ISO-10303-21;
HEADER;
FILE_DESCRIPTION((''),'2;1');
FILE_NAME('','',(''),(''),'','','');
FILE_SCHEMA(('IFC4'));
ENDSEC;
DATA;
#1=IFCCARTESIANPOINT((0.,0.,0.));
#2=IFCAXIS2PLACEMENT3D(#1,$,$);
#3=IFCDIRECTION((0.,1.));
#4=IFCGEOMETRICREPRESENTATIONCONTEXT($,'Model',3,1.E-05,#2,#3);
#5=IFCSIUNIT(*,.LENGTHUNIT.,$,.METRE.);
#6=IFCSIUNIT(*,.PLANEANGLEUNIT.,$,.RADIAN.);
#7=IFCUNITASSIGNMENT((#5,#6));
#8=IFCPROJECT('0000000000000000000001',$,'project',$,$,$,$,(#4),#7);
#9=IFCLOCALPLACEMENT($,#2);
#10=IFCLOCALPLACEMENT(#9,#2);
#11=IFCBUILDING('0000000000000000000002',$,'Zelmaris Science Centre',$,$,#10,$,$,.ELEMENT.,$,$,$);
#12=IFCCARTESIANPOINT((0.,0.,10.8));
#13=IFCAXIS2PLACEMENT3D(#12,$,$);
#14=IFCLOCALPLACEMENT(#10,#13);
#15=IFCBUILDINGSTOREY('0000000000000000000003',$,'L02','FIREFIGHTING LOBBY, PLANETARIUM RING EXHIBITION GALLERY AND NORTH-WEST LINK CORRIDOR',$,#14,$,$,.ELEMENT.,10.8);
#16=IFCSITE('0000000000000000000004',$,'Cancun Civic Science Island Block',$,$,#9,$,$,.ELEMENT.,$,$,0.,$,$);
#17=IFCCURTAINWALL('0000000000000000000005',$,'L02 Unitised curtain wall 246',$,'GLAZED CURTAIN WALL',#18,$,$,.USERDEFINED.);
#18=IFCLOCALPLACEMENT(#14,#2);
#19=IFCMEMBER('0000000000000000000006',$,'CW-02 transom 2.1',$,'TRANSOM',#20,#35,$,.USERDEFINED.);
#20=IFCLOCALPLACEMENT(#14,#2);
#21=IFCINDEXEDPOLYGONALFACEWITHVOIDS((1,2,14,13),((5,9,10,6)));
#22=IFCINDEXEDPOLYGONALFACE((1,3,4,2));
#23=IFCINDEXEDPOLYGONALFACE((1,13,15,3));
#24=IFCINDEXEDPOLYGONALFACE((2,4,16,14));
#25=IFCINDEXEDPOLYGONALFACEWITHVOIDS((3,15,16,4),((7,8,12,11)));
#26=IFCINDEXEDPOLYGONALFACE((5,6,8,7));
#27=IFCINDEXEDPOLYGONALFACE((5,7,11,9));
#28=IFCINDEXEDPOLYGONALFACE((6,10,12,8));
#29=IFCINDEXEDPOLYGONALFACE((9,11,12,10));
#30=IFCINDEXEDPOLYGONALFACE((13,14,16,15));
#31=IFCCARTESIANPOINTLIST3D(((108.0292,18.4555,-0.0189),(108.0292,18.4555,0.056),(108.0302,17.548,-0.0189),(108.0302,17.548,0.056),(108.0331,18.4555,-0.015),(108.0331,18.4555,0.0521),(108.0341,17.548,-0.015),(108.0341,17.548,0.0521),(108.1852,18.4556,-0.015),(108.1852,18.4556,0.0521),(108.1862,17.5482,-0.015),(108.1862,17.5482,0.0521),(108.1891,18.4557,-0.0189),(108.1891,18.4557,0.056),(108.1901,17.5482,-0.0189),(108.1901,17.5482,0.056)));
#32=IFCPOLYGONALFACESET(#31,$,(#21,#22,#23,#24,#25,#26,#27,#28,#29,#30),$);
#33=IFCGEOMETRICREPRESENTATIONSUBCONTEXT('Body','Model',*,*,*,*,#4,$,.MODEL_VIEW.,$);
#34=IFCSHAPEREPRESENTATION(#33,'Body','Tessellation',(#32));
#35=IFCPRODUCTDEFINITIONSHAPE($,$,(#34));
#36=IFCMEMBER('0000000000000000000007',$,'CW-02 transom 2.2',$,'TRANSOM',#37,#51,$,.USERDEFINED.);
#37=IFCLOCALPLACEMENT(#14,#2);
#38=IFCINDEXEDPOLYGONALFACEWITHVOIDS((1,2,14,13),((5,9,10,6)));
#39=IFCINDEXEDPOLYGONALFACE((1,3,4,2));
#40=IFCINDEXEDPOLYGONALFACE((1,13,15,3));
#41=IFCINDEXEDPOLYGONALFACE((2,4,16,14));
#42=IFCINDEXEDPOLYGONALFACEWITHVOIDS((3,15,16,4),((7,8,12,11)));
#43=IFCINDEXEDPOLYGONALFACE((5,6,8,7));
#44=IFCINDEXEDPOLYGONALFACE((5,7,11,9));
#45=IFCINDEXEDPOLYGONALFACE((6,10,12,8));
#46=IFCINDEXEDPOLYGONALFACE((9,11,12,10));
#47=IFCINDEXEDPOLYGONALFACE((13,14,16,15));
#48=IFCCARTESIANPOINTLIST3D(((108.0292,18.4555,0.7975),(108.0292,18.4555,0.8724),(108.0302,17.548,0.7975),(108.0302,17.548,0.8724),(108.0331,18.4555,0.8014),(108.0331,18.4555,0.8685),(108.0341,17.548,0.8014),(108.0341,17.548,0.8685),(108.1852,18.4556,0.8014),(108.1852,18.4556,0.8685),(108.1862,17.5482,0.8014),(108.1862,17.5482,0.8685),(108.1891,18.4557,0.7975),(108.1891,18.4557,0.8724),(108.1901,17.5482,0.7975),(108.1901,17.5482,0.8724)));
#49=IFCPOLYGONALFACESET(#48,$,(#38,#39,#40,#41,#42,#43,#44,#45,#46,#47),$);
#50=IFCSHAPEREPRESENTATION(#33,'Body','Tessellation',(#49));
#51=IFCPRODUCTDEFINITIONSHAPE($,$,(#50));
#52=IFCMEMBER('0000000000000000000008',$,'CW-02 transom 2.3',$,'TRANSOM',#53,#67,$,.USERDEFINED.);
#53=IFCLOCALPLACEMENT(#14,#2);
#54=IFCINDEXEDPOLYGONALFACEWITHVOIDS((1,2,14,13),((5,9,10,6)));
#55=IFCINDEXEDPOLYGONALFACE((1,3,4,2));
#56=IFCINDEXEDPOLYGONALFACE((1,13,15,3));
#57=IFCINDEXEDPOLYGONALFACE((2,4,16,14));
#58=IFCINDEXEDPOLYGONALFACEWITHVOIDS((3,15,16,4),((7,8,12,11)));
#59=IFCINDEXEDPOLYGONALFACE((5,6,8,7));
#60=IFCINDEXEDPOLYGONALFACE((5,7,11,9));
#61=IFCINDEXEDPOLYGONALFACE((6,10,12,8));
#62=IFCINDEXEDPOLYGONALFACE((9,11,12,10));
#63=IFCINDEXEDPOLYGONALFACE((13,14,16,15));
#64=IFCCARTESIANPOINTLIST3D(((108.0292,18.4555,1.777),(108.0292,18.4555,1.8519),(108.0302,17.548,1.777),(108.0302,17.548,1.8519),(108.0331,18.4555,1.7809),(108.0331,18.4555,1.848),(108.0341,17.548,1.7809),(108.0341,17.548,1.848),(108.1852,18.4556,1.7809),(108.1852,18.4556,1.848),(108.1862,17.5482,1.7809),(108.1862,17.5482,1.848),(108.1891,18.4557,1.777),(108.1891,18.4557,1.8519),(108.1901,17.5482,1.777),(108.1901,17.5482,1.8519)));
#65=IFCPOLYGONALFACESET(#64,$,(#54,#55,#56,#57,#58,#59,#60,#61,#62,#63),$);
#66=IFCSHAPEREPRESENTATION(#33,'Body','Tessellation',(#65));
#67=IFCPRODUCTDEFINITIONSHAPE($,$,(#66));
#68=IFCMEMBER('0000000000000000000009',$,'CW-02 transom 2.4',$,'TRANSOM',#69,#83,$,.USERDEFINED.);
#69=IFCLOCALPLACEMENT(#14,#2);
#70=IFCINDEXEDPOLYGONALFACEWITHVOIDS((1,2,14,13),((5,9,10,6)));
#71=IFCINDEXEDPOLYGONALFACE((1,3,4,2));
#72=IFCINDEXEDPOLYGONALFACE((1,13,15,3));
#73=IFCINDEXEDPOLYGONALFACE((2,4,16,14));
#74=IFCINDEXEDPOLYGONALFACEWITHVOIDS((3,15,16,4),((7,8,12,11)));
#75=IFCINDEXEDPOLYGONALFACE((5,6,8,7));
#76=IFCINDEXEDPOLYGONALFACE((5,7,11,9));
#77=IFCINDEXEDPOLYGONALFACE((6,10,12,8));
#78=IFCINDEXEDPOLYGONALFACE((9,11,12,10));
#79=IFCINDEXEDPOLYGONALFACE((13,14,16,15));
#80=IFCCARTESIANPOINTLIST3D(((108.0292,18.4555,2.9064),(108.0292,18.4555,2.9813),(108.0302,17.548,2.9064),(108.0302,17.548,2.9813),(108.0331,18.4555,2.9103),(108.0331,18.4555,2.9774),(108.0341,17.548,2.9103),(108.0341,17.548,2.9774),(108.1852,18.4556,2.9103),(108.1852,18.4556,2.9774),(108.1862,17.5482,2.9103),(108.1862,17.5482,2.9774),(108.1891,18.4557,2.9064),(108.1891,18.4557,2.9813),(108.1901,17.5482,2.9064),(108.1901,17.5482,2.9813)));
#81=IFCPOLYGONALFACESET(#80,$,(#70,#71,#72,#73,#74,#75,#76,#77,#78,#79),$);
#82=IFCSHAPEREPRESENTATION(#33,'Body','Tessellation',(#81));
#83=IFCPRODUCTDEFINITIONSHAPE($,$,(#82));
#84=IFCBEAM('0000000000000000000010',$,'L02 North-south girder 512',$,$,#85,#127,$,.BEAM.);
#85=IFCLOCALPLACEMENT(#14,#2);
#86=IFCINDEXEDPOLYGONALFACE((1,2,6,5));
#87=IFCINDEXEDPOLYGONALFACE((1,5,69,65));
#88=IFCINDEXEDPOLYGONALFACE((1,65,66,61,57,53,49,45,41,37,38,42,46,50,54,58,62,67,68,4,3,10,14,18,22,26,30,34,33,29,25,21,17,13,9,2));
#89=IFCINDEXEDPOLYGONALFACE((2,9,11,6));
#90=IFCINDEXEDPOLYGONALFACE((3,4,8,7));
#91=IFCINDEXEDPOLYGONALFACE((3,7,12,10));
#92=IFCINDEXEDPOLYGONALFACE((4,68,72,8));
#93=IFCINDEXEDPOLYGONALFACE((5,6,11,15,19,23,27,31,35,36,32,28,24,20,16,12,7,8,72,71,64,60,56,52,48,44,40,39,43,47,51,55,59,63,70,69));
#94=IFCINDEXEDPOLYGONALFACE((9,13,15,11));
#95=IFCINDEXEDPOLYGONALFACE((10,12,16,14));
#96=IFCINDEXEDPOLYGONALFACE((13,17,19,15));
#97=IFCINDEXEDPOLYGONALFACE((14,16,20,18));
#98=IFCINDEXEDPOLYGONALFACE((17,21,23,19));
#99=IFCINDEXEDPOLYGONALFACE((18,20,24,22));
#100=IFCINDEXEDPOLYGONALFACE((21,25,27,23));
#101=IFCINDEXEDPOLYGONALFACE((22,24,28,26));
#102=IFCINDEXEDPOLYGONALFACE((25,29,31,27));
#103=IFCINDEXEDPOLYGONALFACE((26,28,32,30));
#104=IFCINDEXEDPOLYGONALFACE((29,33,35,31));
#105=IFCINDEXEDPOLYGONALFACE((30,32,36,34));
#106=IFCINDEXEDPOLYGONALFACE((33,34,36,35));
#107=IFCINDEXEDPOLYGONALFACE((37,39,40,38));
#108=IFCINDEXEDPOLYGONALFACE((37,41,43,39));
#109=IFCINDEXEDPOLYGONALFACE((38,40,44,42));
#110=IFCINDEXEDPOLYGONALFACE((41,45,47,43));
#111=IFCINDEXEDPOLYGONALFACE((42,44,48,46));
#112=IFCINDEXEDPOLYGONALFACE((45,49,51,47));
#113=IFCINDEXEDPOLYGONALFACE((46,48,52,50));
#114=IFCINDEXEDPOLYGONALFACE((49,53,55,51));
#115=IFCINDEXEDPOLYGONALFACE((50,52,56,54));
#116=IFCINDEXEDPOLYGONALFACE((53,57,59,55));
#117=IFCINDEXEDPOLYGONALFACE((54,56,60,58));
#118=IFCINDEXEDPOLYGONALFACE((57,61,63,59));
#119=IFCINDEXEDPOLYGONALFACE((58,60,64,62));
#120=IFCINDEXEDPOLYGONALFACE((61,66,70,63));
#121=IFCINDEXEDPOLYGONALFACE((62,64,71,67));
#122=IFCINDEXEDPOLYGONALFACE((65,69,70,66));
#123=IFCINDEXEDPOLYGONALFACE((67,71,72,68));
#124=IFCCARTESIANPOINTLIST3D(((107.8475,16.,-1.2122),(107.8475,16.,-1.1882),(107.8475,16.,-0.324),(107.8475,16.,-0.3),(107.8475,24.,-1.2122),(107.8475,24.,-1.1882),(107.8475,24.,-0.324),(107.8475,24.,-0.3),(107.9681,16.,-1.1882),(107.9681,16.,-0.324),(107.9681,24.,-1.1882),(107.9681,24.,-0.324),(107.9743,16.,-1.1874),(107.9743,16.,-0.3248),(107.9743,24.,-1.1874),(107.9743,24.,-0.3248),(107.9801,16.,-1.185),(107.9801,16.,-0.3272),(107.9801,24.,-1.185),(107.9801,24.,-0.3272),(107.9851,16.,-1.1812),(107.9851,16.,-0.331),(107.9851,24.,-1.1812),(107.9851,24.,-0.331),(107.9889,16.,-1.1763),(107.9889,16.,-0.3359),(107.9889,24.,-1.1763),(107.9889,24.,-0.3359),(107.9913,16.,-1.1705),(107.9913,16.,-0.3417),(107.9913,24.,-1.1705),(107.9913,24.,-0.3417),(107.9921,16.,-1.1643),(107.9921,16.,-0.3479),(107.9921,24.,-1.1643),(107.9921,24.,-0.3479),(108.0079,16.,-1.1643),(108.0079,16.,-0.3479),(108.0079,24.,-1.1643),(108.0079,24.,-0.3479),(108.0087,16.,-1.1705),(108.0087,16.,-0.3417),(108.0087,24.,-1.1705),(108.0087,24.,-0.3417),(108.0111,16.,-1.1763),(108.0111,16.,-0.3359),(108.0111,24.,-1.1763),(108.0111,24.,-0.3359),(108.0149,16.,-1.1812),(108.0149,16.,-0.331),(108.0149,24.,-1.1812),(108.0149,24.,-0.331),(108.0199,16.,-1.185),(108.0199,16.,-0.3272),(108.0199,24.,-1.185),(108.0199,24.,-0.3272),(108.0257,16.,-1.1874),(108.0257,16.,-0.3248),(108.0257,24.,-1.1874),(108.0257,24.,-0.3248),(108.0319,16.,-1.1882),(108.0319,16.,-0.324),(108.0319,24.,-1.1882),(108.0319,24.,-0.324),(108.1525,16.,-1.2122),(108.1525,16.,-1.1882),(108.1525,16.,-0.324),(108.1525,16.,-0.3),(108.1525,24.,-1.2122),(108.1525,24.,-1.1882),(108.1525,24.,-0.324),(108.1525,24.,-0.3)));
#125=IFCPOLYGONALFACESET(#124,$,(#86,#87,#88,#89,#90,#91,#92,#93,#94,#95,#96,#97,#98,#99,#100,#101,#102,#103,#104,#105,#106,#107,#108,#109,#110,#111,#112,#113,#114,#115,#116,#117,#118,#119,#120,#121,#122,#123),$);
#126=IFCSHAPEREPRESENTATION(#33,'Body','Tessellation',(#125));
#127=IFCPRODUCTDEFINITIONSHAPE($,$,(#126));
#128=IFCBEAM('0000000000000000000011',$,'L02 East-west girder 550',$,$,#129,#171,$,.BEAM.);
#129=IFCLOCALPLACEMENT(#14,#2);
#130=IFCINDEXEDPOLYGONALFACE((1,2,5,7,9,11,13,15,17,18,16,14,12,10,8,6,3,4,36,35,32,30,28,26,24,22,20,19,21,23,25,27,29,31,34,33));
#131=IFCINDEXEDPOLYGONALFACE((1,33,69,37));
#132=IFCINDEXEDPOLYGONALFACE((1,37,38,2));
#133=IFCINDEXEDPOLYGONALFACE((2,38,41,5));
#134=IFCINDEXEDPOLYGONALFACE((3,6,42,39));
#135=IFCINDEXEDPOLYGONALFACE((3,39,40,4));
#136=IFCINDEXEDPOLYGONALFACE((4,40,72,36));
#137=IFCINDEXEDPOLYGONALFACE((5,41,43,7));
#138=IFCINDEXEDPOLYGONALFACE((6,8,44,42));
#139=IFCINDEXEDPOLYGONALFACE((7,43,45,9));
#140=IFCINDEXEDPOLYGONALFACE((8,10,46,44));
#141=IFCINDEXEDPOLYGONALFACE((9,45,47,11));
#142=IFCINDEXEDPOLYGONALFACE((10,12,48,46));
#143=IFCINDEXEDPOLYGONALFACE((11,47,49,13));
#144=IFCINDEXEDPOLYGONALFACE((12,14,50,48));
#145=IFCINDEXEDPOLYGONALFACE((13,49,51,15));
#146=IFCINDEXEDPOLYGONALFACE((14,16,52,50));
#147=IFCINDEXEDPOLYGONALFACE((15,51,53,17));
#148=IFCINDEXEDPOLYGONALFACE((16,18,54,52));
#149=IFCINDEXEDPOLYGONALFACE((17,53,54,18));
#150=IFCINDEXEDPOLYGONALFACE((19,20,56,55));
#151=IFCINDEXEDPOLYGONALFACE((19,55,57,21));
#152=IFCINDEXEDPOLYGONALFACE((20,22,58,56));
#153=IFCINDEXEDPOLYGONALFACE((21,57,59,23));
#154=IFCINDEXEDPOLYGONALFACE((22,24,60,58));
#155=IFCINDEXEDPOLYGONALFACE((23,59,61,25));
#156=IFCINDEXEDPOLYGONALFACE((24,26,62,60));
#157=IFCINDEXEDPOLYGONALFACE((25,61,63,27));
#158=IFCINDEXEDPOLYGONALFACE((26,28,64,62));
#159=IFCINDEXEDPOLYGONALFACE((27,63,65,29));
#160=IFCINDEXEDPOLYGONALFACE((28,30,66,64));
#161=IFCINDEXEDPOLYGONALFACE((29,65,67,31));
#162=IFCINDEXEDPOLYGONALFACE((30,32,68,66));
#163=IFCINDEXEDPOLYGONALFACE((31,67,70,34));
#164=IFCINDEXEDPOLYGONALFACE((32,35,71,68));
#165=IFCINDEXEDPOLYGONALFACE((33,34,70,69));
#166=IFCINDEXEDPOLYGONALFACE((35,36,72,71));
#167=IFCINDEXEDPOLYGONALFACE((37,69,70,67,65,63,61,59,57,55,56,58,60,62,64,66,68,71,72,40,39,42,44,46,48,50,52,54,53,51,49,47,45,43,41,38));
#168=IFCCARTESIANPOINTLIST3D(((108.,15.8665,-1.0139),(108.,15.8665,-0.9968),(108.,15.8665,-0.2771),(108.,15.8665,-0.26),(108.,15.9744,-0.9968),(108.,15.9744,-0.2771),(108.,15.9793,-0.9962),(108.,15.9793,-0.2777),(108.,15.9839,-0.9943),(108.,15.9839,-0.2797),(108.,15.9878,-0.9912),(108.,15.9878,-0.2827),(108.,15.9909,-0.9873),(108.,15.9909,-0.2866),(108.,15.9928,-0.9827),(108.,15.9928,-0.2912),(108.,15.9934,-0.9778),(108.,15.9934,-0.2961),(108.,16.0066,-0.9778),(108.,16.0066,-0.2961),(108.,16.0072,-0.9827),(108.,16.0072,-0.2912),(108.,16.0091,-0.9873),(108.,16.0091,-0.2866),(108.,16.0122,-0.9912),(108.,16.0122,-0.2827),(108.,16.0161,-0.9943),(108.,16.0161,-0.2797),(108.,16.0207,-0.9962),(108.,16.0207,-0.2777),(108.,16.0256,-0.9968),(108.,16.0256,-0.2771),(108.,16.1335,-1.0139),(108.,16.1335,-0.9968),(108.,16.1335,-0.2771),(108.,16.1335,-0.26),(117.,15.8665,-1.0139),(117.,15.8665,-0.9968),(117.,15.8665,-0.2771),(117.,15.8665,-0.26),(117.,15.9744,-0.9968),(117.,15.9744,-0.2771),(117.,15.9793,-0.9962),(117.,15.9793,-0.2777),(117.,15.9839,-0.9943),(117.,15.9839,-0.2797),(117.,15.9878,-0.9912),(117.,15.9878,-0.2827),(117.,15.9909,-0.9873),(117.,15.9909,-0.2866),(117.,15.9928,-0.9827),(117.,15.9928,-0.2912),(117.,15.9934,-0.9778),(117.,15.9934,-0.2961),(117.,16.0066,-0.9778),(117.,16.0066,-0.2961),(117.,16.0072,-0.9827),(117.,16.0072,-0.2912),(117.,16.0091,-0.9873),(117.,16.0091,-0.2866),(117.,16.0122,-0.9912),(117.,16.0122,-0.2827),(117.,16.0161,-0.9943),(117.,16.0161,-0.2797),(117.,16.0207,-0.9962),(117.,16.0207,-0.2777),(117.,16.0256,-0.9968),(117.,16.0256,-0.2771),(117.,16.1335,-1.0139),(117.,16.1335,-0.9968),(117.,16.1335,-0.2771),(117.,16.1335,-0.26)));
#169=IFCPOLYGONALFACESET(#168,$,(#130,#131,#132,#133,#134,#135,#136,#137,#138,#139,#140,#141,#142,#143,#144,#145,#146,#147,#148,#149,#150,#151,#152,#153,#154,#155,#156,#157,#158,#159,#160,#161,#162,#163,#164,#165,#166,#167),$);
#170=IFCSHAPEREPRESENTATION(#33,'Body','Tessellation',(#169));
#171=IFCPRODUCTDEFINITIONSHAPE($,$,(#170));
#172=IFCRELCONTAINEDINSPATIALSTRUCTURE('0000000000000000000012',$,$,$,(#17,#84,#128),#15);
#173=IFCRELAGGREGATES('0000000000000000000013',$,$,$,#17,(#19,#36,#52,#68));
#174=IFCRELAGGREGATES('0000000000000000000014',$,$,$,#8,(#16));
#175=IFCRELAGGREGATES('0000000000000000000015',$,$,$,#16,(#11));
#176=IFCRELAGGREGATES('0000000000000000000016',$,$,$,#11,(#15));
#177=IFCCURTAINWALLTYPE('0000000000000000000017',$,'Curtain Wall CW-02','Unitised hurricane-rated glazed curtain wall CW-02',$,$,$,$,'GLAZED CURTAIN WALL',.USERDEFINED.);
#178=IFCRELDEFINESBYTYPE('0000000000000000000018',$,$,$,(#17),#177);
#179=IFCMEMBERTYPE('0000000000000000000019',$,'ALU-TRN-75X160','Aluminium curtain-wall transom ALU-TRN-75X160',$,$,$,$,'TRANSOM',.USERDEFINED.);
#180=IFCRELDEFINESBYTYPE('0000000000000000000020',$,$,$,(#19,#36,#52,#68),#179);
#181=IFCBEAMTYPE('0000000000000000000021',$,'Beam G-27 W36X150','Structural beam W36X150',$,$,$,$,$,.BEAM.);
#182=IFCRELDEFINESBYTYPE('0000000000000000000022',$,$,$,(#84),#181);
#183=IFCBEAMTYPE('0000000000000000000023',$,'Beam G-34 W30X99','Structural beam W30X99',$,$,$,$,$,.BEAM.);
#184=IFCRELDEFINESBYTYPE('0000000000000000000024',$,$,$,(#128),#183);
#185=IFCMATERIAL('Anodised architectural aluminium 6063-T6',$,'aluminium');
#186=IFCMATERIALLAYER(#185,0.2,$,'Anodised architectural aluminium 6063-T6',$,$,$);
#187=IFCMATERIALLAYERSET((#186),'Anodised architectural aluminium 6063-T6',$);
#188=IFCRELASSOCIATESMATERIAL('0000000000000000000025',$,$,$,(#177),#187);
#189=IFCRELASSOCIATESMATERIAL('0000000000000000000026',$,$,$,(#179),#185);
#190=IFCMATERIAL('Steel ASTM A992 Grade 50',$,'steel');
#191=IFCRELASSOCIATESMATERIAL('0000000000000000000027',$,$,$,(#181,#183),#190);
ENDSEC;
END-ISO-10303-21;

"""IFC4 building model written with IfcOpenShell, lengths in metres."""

from ifc_helpers import new_model, si_unit, direction, frame, origin, origin_2d, place, context, subcontext, project, spatial, hollow_rectangle, i_section, extrude, material, layer, layer_set, material_profile, profile_set, type_object, element, aggregate, save


model = new_model("IFC4")

# Units and contexts
model_context = context("Model", 3, precision=1e-05, world=origin(), true_north=direction((0.0, 1.0)))
body_context = subcontext(model_context, "Body", "Model", "MODEL_VIEW")
ifc_project = project(units=[si_unit("LENGTHUNIT", "METRE"), si_unit("PLANEANGLEUNIT", "RADIAN")], contexts=[model_context])

# Site, building, storey
site_placement = place(None, origin())
site = spatial("IfcSite", under=ifc_project, at=site_placement, Name="Cancun Civic Science Island Block", CompositionType="ELEMENT", RefElevation=0.0)
building_placement = place(site_placement, origin())
building = spatial("IfcBuilding", under=site, at=building_placement, Name="Zelmaris Science Centre", CompositionType="ELEMENT")
storey_placement = place(building_placement, frame((0.0, 0.0, 10.8)))
storey = spatial("IfcBuildingStorey", under=building, at=storey_placement, Name="L02", Description="FIREFIGHTING LOBBY, PLANETARIUM RING EXHIBITION GALLERY AND NORTH-WEST LINK CORRIDOR", CompositionType="ELEMENT", Elevation=10.8)

# Shared definitions
ifc_material_1 = material(Name="Steel ASTM A992 Grade 50", Category="steel")

# Shared definitions
ifc_material_2 = material(Name="Anodised architectural aluminium 6063-T6", Category="aluminium")

# Curtain wall, members
ifc_layer_1 = layer(ifc_material_2, 0.2, Name="Anodised architectural aluminium 6063-T6")
ifc_layer_set_1 = layer_set([ifc_layer_1], Name="Anodised architectural aluminium 6063-T6")
curtain_wall_type_1 = type_object("IfcCurtainWallType", Name="Curtain Wall CW-02", Description="Unitised hurricane-rated glazed curtain wall CW-02", ElementType="GLAZED CURTAIN WALL", PredefinedType="USERDEFINED", material=ifc_layer_set_1)
curtain_wall_1_placement = place(storey_placement, origin())
curtain_wall_1 = element("IfcCurtainWall", 1, at=curtain_wall_1_placement, inside=storey, type_object=curtain_wall_type_1, Name="L02 Unitised curtain wall 246", ObjectType="GLAZED CURTAIN WALL", PredefinedType="USERDEFINED")
ifc_material_profile_1 = material_profile(ifc_material_2, hollow_rectangle(XDim=0.075, YDim=0.1599, WallThickness=0.0039, at=origin_2d()), Name="ALU-TRN-75X160")
ifc_profile_set_1 = profile_set([ifc_material_profile_1], Name="Anodised architectural aluminium 6063-T6")
member_type_1 = type_object("IfcMemberType", Name="ALU-TRN-75X160", Description="Aluminium curtain-wall transom ALU-TRN-75X160", ElementType="TRANSOM", PredefinedType="USERDEFINED", material=ifc_profile_set_1)
member_1_placement = place(storey_placement, frame((108.1101, 17.5481, 0.0186), z_axis=(-0.001076, 0.999999, 0.0), x_axis=(0.0, 0.0, 1.0)))
member_1 = element("IfcMember", 2, at=member_1_placement, type_object=member_type_1, Name="CW-02 transom 2.1", ObjectType="TRANSOM", PredefinedType="USERDEFINED", context=body_context, shape_type="SweptSolid", body=[
    extrude(hollow_rectangle(XDim=0.075, YDim=0.1599, WallThickness=0.0039, at=origin_2d()), origin(), (0.0, 0.0, 1.0), 0.9075),
])
member_2_placement = place(storey_placement, frame((108.1101, 17.5481, 0.835), z_axis=(-0.001076, 0.999999, 0.0), x_axis=(0.0, 0.0, 1.0)))
member_2 = element("IfcMember", 3, at=member_2_placement, type_object=member_type_1, Name="CW-02 transom 2.2", ObjectType="TRANSOM", PredefinedType="USERDEFINED", context=body_context, shape_type="SweptSolid", body=[
    extrude(hollow_rectangle(XDim=0.075, YDim=0.1599, WallThickness=0.0039, at=origin_2d()), origin(), (0.0, 0.0, 1.0), 0.9075),
])
member_3_placement = place(storey_placement, frame((108.1101, 17.5481, 1.8145), z_axis=(-0.001076, 0.999999, 0.0), x_axis=(0.0, 0.0, 1.0)))
member_3 = element("IfcMember", 4, at=member_3_placement, type_object=member_type_1, Name="CW-02 transom 2.3", ObjectType="TRANSOM", PredefinedType="USERDEFINED", context=body_context, shape_type="SweptSolid", body=[
    extrude(hollow_rectangle(XDim=0.075, YDim=0.1599, WallThickness=0.0039, at=origin_2d()), origin(), (0.0, 0.0, 1.0), 0.9075),
])
member_4_placement = place(storey_placement, frame((108.1101, 17.5481, 2.9438), z_axis=(-0.001076, 0.999999, 0.0), x_axis=(0.0, 0.0, 1.0)))
member_4 = element("IfcMember", 5, at=member_4_placement, type_object=member_type_1, Name="CW-02 transom 2.4", ObjectType="TRANSOM", PredefinedType="USERDEFINED", context=body_context, shape_type="SweptSolid", body=[
    extrude(hollow_rectangle(XDim=0.075, YDim=0.1599, WallThickness=0.0039, at=origin_2d()), origin(), (0.0, 0.0, 1.0), 0.9075),
])

# Beams
ifc_material_profile_2 = material_profile(ifc_material_1, i_section(OverallWidth=0.3049, OverallDepth=0.9121, WebThickness=0.0159, FlangeThickness=0.0239, FilletRadius=0.0239, at=origin_2d()), Name="W36X150")
ifc_profile_set_2 = profile_set([ifc_material_profile_2], Name="Steel ASTM A992 Grade 50")
beam_type_1 = type_object("IfcBeamType", Name="Beam G-27 W36X150", Description="Structural beam W36X150", PredefinedType="BEAM", material=ifc_profile_set_2)
beam_1_placement = place(storey_placement, frame((108.0, 16.0, -0.7561), z_axis=(0.0, 1.0, 0.0), x_axis=(-1.0, 0.0, 0.0)))
element("IfcBeam", 6, at=beam_1_placement, inside=storey, type_object=beam_type_1, Name="L02 North-south girder 512", PredefinedType="BEAM", context=body_context, shape_type="SweptSolid", body=[
    extrude(i_section(OverallWidth=0.3049, OverallDepth=0.9121, WebThickness=0.0159, FlangeThickness=0.0239, FilletRadius=0.0239, at=origin_2d()), origin(), (0.0, 0.0, 1.0), 8.0),
])
ifc_material_profile_3 = material_profile(ifc_material_1, i_section(OverallWidth=0.2671, OverallDepth=0.7539, WebThickness=0.0132, FlangeThickness=0.0171, FilletRadius=0.019, at=origin_2d()), Name="W30X99")
ifc_profile_set_3 = profile_set([ifc_material_profile_3], Name="Steel ASTM A992 Grade 50")
beam_type_2 = type_object("IfcBeamType", Name="Beam G-34 W30X99", Description="Structural beam W30X99", PredefinedType="BEAM", material=ifc_profile_set_3)
beam_2_placement = place(storey_placement, frame((108.0, 16.0, -0.637), z_axis=(1.0, 0.0, 0.0), x_axis=(0.0, 1.0, 0.0)))
element("IfcBeam", 7, at=beam_2_placement, inside=storey, type_object=beam_type_2, Name="L02 East-west girder 550", PredefinedType="BEAM", context=body_context, shape_type="SweptSolid", body=[
    extrude(i_section(OverallWidth=0.2671, OverallDepth=0.7539, WebThickness=0.0132, FlangeThickness=0.0171, FilletRadius=0.019, at=origin_2d()), origin(), (0.0, 0.0, 1.0), 9.0),
])

aggregate(curtain_wall_1, [member_1, member_2, member_3, member_4])

save(model, "model.ifc")
